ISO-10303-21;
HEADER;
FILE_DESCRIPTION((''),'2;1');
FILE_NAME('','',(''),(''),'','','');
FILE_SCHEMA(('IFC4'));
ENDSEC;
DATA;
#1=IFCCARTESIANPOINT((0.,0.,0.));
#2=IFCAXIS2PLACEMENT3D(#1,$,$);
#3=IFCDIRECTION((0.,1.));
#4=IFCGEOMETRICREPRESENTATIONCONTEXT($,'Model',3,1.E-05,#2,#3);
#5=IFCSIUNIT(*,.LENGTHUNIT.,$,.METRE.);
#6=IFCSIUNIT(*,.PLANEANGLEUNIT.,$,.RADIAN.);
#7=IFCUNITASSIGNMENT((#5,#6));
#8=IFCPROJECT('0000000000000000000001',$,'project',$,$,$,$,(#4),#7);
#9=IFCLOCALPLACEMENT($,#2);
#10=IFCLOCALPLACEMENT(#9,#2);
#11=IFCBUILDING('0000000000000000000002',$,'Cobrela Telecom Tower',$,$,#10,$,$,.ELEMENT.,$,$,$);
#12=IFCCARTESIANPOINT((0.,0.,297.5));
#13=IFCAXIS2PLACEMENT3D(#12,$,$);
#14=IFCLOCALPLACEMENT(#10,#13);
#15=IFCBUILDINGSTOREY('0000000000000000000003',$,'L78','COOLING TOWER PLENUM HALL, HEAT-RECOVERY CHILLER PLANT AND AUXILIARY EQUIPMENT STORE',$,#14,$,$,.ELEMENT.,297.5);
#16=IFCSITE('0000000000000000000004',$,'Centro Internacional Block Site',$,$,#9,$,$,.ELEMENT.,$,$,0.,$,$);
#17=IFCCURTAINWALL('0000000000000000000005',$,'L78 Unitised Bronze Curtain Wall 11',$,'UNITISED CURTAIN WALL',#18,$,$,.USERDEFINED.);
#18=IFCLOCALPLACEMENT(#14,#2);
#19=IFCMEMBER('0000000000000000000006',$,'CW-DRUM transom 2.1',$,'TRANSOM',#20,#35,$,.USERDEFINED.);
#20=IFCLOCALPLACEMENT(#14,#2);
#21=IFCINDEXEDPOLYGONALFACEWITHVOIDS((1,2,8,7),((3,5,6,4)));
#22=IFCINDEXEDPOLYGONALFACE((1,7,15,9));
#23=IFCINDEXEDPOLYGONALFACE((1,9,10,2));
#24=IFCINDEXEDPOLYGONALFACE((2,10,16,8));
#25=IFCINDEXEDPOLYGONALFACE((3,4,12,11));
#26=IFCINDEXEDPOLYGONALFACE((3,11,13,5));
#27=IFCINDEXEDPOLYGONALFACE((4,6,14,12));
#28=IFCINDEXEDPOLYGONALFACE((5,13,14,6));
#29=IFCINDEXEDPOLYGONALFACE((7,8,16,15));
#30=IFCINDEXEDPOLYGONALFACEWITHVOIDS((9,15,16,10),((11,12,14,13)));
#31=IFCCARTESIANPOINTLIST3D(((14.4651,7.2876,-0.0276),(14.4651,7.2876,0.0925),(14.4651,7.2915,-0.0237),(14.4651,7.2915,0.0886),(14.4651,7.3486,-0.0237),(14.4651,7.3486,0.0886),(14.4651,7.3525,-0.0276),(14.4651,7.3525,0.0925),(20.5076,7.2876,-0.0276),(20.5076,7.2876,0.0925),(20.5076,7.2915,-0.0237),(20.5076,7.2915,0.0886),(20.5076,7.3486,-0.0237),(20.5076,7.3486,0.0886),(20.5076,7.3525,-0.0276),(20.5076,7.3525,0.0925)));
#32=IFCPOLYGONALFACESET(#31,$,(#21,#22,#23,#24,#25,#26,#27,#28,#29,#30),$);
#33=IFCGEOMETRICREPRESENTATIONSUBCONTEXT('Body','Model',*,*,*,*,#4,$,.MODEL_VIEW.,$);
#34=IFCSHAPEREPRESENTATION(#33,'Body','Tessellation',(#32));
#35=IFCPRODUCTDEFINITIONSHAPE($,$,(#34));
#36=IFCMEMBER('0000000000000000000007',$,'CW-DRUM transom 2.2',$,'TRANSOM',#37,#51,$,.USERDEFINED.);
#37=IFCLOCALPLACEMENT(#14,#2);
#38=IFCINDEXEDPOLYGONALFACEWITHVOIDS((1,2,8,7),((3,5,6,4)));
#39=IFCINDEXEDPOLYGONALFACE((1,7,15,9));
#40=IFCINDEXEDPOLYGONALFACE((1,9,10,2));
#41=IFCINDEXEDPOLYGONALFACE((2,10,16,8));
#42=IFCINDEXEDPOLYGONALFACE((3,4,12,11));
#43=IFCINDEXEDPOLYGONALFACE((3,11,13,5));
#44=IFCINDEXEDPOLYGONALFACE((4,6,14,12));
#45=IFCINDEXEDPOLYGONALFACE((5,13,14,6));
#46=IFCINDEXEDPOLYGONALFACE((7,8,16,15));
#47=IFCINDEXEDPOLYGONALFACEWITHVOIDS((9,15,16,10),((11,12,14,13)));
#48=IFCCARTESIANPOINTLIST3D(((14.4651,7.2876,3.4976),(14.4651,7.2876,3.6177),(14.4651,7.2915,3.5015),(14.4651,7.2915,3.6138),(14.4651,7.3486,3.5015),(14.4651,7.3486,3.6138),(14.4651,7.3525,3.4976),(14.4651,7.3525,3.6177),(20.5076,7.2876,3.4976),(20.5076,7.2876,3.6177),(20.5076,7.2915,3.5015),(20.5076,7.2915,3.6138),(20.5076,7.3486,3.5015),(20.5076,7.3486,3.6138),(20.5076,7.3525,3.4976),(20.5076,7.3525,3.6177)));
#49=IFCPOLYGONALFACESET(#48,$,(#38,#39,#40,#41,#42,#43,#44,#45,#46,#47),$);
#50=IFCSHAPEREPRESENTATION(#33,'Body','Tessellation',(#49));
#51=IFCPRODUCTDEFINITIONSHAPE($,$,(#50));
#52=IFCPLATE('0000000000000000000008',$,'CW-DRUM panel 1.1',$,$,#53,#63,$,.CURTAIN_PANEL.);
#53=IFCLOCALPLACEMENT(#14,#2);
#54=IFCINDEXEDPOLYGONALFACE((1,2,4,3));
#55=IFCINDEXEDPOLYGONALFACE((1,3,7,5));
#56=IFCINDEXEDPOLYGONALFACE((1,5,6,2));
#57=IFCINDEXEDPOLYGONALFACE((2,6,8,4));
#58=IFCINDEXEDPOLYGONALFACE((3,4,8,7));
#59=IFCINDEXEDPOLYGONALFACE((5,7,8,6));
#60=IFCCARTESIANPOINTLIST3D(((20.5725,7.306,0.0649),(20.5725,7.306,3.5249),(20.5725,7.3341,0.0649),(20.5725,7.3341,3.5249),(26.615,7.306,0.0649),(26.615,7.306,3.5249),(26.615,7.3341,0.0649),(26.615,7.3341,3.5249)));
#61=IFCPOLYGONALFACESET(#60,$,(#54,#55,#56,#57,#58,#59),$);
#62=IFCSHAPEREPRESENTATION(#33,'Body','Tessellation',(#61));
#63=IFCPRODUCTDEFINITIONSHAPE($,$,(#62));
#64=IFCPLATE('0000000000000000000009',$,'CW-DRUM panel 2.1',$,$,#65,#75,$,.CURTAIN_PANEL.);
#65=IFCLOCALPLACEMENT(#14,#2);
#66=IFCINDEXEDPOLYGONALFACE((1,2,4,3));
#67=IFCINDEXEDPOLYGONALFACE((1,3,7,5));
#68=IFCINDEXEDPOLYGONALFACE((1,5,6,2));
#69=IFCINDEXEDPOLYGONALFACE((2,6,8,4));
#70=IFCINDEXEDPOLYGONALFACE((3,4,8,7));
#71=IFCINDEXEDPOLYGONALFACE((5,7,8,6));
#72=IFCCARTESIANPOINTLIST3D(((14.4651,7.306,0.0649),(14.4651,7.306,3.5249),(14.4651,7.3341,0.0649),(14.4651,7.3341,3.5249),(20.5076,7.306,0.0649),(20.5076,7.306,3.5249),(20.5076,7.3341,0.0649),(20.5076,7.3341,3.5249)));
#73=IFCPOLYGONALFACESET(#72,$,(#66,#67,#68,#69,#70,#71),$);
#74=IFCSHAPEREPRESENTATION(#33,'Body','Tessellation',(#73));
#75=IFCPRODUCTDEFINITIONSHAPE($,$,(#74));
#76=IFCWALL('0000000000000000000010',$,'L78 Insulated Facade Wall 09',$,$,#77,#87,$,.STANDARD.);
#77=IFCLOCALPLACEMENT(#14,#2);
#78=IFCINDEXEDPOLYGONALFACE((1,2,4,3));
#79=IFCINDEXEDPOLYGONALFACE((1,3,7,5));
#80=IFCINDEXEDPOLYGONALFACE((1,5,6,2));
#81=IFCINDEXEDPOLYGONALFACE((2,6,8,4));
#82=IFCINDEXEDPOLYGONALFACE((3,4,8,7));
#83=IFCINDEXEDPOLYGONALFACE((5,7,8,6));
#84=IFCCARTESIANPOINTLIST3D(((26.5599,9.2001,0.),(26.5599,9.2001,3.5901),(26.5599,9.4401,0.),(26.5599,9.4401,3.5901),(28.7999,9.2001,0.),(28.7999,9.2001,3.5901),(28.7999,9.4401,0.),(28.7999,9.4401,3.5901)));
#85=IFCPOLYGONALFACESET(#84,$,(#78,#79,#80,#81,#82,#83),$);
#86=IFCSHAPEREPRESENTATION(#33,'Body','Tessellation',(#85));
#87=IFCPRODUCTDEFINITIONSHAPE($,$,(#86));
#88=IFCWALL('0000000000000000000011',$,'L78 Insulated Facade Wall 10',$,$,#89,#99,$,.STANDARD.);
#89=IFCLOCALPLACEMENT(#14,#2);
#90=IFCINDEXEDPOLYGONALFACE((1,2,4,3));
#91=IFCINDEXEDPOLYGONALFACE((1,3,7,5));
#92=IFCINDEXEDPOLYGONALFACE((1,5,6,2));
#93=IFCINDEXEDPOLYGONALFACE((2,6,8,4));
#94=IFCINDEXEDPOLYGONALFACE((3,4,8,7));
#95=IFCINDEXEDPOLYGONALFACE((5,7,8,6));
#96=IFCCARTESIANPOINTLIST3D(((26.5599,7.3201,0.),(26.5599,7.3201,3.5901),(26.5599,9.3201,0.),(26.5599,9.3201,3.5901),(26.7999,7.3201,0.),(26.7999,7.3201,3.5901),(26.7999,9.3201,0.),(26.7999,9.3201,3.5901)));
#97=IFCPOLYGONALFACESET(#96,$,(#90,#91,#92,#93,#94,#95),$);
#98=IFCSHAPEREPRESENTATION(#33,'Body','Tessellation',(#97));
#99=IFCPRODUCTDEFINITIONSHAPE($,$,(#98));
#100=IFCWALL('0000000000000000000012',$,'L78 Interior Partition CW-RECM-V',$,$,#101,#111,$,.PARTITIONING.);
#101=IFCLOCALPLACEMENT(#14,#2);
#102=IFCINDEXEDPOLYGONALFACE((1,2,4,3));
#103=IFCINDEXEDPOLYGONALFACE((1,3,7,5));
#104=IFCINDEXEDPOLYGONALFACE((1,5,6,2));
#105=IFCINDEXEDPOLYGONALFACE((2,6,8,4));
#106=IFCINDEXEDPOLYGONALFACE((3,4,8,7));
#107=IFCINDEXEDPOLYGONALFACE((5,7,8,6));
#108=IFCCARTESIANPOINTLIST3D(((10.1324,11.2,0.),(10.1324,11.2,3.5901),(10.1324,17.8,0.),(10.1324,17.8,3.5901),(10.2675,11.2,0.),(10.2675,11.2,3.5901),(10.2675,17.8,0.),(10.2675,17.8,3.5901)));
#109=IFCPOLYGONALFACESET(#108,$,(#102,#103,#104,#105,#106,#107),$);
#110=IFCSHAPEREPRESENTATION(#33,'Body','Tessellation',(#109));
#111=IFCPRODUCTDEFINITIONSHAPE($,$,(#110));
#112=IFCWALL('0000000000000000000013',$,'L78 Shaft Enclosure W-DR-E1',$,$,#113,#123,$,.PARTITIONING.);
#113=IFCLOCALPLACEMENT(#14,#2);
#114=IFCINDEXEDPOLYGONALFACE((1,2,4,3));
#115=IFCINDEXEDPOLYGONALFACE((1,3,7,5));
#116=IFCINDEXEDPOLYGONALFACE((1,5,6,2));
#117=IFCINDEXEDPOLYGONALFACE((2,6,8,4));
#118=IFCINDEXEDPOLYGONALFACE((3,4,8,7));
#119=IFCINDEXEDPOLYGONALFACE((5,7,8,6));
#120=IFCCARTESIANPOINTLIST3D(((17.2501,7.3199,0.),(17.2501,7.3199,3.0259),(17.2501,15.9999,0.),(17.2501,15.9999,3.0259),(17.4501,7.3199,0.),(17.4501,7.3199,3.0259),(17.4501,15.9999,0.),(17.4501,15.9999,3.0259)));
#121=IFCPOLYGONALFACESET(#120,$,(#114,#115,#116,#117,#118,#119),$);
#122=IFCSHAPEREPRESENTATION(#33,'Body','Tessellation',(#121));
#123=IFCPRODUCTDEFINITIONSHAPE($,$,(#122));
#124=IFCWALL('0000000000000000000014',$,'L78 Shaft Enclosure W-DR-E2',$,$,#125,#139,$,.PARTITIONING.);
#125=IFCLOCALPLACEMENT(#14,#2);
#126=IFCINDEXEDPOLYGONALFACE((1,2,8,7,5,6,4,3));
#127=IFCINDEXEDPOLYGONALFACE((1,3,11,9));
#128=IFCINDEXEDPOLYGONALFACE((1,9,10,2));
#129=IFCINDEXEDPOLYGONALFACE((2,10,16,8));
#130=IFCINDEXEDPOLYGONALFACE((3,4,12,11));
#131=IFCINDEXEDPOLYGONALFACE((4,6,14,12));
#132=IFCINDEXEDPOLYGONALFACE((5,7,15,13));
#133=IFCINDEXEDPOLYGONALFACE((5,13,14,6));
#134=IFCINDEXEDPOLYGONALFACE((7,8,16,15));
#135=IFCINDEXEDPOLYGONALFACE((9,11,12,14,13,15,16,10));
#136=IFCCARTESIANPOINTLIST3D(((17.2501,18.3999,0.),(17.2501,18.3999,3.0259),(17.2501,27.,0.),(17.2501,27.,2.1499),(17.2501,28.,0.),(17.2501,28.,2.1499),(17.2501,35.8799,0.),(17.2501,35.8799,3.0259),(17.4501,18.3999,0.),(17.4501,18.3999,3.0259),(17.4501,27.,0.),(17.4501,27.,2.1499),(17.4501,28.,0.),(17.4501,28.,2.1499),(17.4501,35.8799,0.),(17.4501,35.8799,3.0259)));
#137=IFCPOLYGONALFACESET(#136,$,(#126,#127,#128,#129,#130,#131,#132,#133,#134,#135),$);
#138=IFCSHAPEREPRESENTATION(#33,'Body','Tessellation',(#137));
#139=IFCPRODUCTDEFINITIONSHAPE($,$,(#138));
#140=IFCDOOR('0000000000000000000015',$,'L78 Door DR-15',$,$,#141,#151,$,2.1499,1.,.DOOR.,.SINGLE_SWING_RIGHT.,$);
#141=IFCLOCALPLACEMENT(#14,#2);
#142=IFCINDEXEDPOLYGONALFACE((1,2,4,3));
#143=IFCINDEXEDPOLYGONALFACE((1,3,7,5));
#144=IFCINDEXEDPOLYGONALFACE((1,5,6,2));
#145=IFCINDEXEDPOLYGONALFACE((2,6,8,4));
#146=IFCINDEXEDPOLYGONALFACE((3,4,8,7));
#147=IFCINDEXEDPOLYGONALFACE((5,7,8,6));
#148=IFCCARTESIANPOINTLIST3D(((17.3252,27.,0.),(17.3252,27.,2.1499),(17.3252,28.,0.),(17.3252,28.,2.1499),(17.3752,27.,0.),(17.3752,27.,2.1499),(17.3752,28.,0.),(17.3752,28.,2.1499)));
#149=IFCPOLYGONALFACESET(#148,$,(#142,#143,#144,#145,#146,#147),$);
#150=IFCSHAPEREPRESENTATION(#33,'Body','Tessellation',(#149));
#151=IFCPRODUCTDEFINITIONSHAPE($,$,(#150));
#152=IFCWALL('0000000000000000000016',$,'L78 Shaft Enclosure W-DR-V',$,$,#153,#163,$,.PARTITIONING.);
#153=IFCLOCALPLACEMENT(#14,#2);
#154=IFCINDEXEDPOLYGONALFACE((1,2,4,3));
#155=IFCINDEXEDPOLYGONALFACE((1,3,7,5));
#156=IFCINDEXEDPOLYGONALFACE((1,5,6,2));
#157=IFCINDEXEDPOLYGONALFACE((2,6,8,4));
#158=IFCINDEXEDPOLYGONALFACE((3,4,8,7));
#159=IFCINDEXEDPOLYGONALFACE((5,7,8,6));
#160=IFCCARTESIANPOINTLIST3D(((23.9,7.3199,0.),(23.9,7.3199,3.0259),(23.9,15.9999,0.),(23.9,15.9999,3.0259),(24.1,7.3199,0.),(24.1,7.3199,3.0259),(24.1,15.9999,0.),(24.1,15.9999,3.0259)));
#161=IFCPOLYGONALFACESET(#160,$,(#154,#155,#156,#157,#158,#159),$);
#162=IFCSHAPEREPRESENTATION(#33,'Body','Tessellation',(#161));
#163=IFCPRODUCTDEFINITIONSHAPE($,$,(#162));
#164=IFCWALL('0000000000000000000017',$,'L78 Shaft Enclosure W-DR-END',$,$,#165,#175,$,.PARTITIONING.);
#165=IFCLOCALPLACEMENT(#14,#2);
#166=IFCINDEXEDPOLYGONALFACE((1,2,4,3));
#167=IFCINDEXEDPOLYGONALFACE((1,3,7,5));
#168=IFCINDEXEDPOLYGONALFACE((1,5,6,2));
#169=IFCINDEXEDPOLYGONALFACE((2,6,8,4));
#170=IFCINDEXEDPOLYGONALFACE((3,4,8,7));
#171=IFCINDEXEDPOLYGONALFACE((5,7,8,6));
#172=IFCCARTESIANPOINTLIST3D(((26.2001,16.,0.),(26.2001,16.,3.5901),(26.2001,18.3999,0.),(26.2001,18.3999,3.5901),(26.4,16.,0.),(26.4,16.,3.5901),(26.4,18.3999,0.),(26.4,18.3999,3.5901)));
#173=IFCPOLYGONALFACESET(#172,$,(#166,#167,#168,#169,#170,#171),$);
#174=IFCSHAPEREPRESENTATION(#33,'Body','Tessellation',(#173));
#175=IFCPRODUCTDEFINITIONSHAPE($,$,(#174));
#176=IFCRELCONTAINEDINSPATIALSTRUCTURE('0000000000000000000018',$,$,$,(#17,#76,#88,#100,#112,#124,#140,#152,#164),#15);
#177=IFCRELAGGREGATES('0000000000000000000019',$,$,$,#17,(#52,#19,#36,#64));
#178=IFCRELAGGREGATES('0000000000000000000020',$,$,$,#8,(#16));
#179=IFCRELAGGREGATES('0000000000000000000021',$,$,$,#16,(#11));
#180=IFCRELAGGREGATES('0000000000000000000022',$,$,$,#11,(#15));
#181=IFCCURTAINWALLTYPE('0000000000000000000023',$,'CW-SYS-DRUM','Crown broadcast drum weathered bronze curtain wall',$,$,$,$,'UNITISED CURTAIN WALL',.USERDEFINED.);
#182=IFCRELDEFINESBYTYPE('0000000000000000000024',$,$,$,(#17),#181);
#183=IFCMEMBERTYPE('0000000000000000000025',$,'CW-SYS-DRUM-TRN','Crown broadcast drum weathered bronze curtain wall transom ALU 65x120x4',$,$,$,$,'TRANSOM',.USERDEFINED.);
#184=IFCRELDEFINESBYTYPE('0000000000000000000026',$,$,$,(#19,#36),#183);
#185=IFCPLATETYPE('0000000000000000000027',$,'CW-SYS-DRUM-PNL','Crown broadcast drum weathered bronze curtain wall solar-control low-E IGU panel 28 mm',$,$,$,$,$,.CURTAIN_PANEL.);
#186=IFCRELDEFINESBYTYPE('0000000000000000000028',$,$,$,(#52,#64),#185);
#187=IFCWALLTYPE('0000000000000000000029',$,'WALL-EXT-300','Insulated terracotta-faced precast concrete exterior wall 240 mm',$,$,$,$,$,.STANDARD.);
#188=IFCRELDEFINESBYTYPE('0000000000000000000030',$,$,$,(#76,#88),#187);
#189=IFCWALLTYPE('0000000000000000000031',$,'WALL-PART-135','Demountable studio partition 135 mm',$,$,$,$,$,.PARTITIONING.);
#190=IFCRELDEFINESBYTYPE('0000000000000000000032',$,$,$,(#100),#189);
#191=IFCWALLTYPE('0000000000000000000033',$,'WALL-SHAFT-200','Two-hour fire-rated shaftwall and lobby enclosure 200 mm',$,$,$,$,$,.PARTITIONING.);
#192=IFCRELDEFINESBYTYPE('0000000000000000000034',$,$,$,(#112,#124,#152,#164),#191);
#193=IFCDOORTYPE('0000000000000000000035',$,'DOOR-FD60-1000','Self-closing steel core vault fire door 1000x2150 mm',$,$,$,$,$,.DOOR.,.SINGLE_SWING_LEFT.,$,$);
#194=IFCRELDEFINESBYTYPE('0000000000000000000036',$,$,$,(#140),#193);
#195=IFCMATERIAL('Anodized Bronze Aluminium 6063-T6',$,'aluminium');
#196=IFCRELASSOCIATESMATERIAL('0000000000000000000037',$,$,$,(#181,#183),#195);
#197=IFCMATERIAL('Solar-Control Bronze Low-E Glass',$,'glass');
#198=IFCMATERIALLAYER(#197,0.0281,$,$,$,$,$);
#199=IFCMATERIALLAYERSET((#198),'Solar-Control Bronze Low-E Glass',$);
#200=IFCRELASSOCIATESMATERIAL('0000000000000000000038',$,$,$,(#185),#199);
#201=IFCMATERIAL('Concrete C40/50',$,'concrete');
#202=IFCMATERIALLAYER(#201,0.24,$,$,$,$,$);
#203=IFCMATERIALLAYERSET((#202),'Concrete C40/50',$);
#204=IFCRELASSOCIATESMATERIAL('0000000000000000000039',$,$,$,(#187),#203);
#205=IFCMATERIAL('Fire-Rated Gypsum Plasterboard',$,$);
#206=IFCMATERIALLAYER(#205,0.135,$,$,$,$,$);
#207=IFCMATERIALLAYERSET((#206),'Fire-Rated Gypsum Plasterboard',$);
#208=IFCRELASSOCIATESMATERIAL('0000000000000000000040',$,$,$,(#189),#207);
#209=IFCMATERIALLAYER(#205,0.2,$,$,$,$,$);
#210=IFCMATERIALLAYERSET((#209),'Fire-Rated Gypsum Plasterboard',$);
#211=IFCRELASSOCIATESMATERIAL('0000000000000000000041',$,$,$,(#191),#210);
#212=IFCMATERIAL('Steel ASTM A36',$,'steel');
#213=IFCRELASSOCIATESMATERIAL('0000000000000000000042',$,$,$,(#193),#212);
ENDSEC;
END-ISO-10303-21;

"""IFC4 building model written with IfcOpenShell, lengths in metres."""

from ifc_helpers import new_model, si_unit, direction, frame, frame_2d, origin, origin_2d, place, context, subcontext, project, spatial, rectangle, hollow_rectangle, extrude, material, layer, layer_set, material_profile, profile_set, type_object, element, fill, aggregate, save


model = new_model("IFC4")

# Units and contexts
model_context = context("Model", 3, precision=1e-05, world=origin(), true_north=direction((0.0, 1.0)))
body_context = subcontext(model_context, "Body", "Model", "MODEL_VIEW")
ifc_project = project(units=[si_unit("LENGTHUNIT", "METRE"), si_unit("PLANEANGLEUNIT", "RADIAN")], contexts=[model_context])

# Site, building, storey
site_placement = place(None, origin())
site = spatial("IfcSite", under=ifc_project, at=site_placement, Name="Centro Internacional Block Site", CompositionType="ELEMENT", RefElevation=0.0)
building_placement = place(site_placement, origin())
building = spatial("IfcBuilding", under=site, at=building_placement, Name="Cobrela Telecom Tower", CompositionType="ELEMENT")
storey_placement = place(building_placement, frame((0.0, 0.0, 297.5)))
storey = spatial("IfcBuildingStorey", under=building, at=storey_placement, Name="L78", Description="COOLING TOWER PLENUM HALL, HEAT-RECOVERY CHILLER PLANT AND AUXILIARY EQUIPMENT STORE", CompositionType="ELEMENT", Elevation=297.5)

# Curtain wall, members, plates
ifc_material_1 = material(Name="Anodized Bronze Aluminium 6063-T6", Category="aluminium")
curtain_wall_type = type_object("IfcCurtainWallType", Name="CW-SYS-DRUM", Description="Crown broadcast drum weathered bronze curtain wall", ElementType="UNITISED CURTAIN WALL", PredefinedType="USERDEFINED", material=ifc_material_1)
curtain_wall_placement = place(storey_placement, origin())
curtain_wall = element("IfcCurtainWall", 1, at=curtain_wall_placement, inside=storey, type_object=curtain_wall_type, Name="L78 Unitised Bronze Curtain Wall 11", ObjectType="UNITISED CURTAIN WALL", PredefinedType="USERDEFINED")
ifc_material_profile_1 = material_profile(ifc_material_1, hollow_rectangle(XDim=0.0649, YDim=0.1201, WallThickness=0.0039, at=origin_2d()), Name="ALU 65x120x4")
ifc_profile_set_1 = profile_set([ifc_material_profile_1], Name="Anodized Bronze Aluminium 6063-T6")
member_type_1 = type_object("IfcMemberType", Name="CW-SYS-DRUM-TRN", Description="Crown broadcast drum weathered bronze curtain wall transom ALU 65x120x4", ElementType="TRANSOM", PredefinedType="USERDEFINED", material=ifc_profile_set_1)
member_1_placement = place(storey_placement, frame((20.5076, 7.3201, 0.0325), z_axis=(-1.0, 0.0, 0.0), x_axis=(0.0, -1.0, 0.0)))
member_1 = element("IfcMember", 2, at=member_1_placement, type_object=member_type_1, Name="CW-DRUM transom 2.1", ObjectType="TRANSOM", PredefinedType="USERDEFINED", context=body_context, shape_type="SweptSolid", body=[
    extrude(hollow_rectangle(XDim=0.0649, YDim=0.1201, WallThickness=0.0039, at=origin_2d()), origin(), (0.0, 0.0, 1.0), 6.0425),
])
member_2_placement = place(storey_placement, frame((20.5076, 7.3201, 3.5576), z_axis=(-1.0, 0.0, 0.0), x_axis=(0.0, -1.0, 0.0)))
member_2 = element("IfcMember", 3, at=member_2_placement, type_object=member_type_1, Name="CW-DRUM transom 2.2", ObjectType="TRANSOM", PredefinedType="USERDEFINED", context=body_context, shape_type="SweptSolid", body=[
    extrude(hollow_rectangle(XDim=0.0649, YDim=0.1201, WallThickness=0.0039, at=origin_2d()), origin(), (0.0, 0.0, 1.0), 6.0425),
])
ifc_material_2 = material(Name="Solar-Control Bronze Low-E Glass", Category="glass")
ifc_layer_1 = layer(ifc_material_2, 0.0281)
ifc_layer_set_1 = layer_set([ifc_layer_1], Name="Solar-Control Bronze Low-E Glass")
plate_type = type_object("IfcPlateType", Name="CW-SYS-DRUM-PNL", Description="Crown broadcast drum weathered bronze curtain wall solar-control low-E IGU panel 28 mm", PredefinedType="CURTAIN_PANEL", material=ifc_layer_set_1)
plate_1_placement = place(storey_placement, frame((23.5938, 7.3201, 0.0649), z_axis=(0.0, 0.0, 1.0), x_axis=(-1.0, 0.0, 0.0)))
plate_1 = element("IfcPlate", 4, at=plate_1_placement, type_object=plate_type, Name="CW-DRUM panel 1.1", PredefinedType="CURTAIN_PANEL", context=body_context, shape_type="SweptSolid", body=[
    extrude(rectangle(XDim=6.0425, YDim=0.0281, at=origin_2d()), origin(), (0.0, 0.0, 1.0), 3.46),
])
plate_2_placement = place(storey_placement, frame((17.4863, 7.3201, 0.0649), z_axis=(0.0, 0.0, 1.0), x_axis=(-1.0, 0.0, 0.0)))
plate_2 = element("IfcPlate", 5, at=plate_2_placement, type_object=plate_type, Name="CW-DRUM panel 2.1", PredefinedType="CURTAIN_PANEL", context=body_context, shape_type="SweptSolid", body=[
    extrude(rectangle(XDim=6.0425, YDim=0.0281, at=origin_2d()), origin(), (0.0, 0.0, 1.0), 3.46),
])
aggregate(curtain_wall, [plate_1, member_1, member_2, plate_2])

# Walls
ifc_material_3 = material(Name="Concrete C40/50", Category="concrete")
ifc_layer_2 = layer(ifc_material_3, 0.24)
ifc_layer_set_2 = layer_set([ifc_layer_2], Name="Concrete C40/50")
wall_type_1 = type_object("IfcWallType", Name="WALL-EXT-300", Description="Insulated terracotta-faced precast concrete exterior wall 240 mm", PredefinedType="STANDARD", material=ifc_layer_set_2)
wall_1_placement = place(storey_placement, frame((28.8, 9.3201, 0.0), z_axis=(0.0, 0.0, 1.0), x_axis=(-1.0, 0.0, 0.0)))
element("IfcWall", 6, at=wall_1_placement, inside=storey, type_object=wall_type_1, Name="L78 Insulated Facade Wall 09", PredefinedType="STANDARD", context=body_context, shape_type="SweptSolid", body=[
    extrude(rectangle(XDim=2.24, YDim=0.24, at=frame_2d((1.1201, 0.0))), origin(), (0.0, 0.0, 1.0), 3.5901),
])
wall_2_placement = place(storey_placement, frame((26.6799, 9.3201, 0.0), z_axis=(0.0, 0.0, 1.0), x_axis=(0.0, -1.0, 0.0)))
element("IfcWall", 7, at=wall_2_placement, inside=storey, type_object=wall_type_1, Name="L78 Insulated Facade Wall 10", PredefinedType="STANDARD", context=body_context, shape_type="SweptSolid", body=[
    extrude(rectangle(XDim=2.0, YDim=0.24, at=frame_2d((1.0, 0.0))), origin(), (0.0, 0.0, 1.0), 3.5901),
])
ifc_material_4 = material(Name="Fire-Rated Gypsum Plasterboard")
ifc_layer_3 = layer(ifc_material_4, 0.135)
ifc_layer_set_3 = layer_set([ifc_layer_3], Name="Fire-Rated Gypsum Plasterboard")
wall_type_2 = type_object("IfcWallType", Name="WALL-PART-135", Description="Demountable studio partition 135 mm", PredefinedType="PARTITIONING", material=ifc_layer_set_3)
wall_3_placement = place(storey_placement, frame((10.2, 11.2, 0.0), z_axis=(0.0, 0.0, 1.0), x_axis=(0.0, 1.0, 0.0)))
element("IfcWall", 8, at=wall_3_placement, inside=storey, type_object=wall_type_2, Name="L78 Interior Partition CW-RECM-V", PredefinedType="PARTITIONING", context=body_context, shape_type="SweptSolid", body=[
    extrude(rectangle(XDim=6.6001, YDim=0.135, at=frame_2d((3.3, 0.0))), origin(), (0.0, 0.0, 1.0), 3.5901),
])
ifc_layer_4 = layer(ifc_material_4, 0.2)
ifc_layer_set_4 = layer_set([ifc_layer_4], Name="Fire-Rated Gypsum Plasterboard")
wall_type_3 = type_object("IfcWallType", Name="WALL-SHAFT-200", Description="Two-hour fire-rated shaftwall and lobby enclosure 200 mm", PredefinedType="PARTITIONING", material=ifc_layer_set_4)
wall_4_placement = place(storey_placement, frame((17.3501, 7.3201, 0.0), z_axis=(0.0, 0.0, 1.0), x_axis=(0.0, 1.0, 0.0)))
element("IfcWall", 9, at=wall_4_placement, inside=storey, type_object=wall_type_3, Name="L78 Shaft Enclosure W-DR-E1", PredefinedType="PARTITIONING", context=body_context, shape_type="SweptSolid", body=[
    extrude(rectangle(XDim=8.6799, YDim=0.2, at=frame_2d((4.3398, 0.0))), origin(), (0.0, 0.0, 1.0), 3.0259),
])

# Wall, opening, door
wall_5_placement = place(storey_placement, frame((17.3501, 18.3999, 0.0), z_axis=(0.0, 0.0, 1.0), x_axis=(0.0, 1.0, 0.0)))
wall_5 = element("IfcWall", 10, at=wall_5_placement, inside=storey, type_object=wall_type_3, Name="L78 Shaft Enclosure W-DR-E2", PredefinedType="PARTITIONING", context=body_context, shape_type="SweptSolid", body=[
    extrude(rectangle(XDim=17.48, YDim=0.2, at=frame_2d((8.74, 0.0))), origin(), (0.0, 0.0, 1.0), 3.0259),
])
opening_1_placement = place(wall_5_placement, frame((8.6001, 0.0, 0.0)))
opening_1 = element("IfcOpeningElement", 11, at=opening_1_placement, cuts=wall_5, PredefinedType="OPENING", context=body_context, shape_type="SweptSolid", body=[
    extrude(rectangle(XDim=1.0, YDim=2.1499, at=frame_2d((0.5, 1.075))), frame((0.0, 0.1118, 0.0), z_axis=(0.0, -1.0, 0.0), x_axis=(1.0, 0.0, 0.0)), (0.0, 0.0, 1.0), 0.2239),
])
ifc_material_5 = material(Name="Steel ASTM A36", Category="steel")
door_type_1 = type_object("IfcDoorType", Name="DOOR-FD60-1000", Description="Self-closing steel core vault fire door 1000x2150 mm", OperationType="SINGLE_SWING_LEFT", PredefinedType="DOOR", material=ifc_material_5)
door_1_placement = place(opening_1_placement, origin())
door_1 = element("IfcDoor", 12, at=door_1_placement, inside=storey, type_object=door_type_1, Name="L78 Door DR-15", OperationType="SINGLE_SWING_RIGHT", OverallHeight=2.1499, OverallWidth=1.0, PredefinedType="DOOR", context=body_context, shape_type="SweptSolid", body=[
    extrude(rectangle(XDim=1.0, YDim=2.1499, at=frame_2d((0.5, 1.075))), frame((0.0, 0.0249, 0.0), z_axis=(0.0, -1.0, 0.0), x_axis=(1.0, 0.0, 0.0)), (0.0, 0.0, 1.0), 0.05),
])
fill(opening_1, door_1)

# Walls
wall_6_placement = place(storey_placement, frame((24.0, 7.3201, 0.0), z_axis=(0.0, 0.0, 1.0), x_axis=(0.0, 1.0, 0.0)))
element("IfcWall", 13, at=wall_6_placement, inside=storey, type_object=wall_type_3, Name="L78 Shaft Enclosure W-DR-V", PredefinedType="PARTITIONING", context=body_context, shape_type="SweptSolid", body=[
    extrude(rectangle(XDim=8.6799, YDim=0.2, at=frame_2d((4.3398, 0.0))), origin(), (0.0, 0.0, 1.0), 3.0259),
])
wall_7_placement = place(storey_placement, frame((26.3, 16.0, 0.0), z_axis=(0.0, 0.0, 1.0), x_axis=(0.0, 1.0, 0.0)))
element("IfcWall", 14, at=wall_7_placement, inside=storey, type_object=wall_type_3, Name="L78 Shaft Enclosure W-DR-END", PredefinedType="PARTITIONING", context=body_context, shape_type="SweptSolid", body=[
    extrude(rectangle(XDim=2.3999, YDim=0.2, at=frame_2d((1.2, 0.0))), origin(), (0.0, 0.0, 1.0), 3.5901),
])

save(model, "model.ifc")
